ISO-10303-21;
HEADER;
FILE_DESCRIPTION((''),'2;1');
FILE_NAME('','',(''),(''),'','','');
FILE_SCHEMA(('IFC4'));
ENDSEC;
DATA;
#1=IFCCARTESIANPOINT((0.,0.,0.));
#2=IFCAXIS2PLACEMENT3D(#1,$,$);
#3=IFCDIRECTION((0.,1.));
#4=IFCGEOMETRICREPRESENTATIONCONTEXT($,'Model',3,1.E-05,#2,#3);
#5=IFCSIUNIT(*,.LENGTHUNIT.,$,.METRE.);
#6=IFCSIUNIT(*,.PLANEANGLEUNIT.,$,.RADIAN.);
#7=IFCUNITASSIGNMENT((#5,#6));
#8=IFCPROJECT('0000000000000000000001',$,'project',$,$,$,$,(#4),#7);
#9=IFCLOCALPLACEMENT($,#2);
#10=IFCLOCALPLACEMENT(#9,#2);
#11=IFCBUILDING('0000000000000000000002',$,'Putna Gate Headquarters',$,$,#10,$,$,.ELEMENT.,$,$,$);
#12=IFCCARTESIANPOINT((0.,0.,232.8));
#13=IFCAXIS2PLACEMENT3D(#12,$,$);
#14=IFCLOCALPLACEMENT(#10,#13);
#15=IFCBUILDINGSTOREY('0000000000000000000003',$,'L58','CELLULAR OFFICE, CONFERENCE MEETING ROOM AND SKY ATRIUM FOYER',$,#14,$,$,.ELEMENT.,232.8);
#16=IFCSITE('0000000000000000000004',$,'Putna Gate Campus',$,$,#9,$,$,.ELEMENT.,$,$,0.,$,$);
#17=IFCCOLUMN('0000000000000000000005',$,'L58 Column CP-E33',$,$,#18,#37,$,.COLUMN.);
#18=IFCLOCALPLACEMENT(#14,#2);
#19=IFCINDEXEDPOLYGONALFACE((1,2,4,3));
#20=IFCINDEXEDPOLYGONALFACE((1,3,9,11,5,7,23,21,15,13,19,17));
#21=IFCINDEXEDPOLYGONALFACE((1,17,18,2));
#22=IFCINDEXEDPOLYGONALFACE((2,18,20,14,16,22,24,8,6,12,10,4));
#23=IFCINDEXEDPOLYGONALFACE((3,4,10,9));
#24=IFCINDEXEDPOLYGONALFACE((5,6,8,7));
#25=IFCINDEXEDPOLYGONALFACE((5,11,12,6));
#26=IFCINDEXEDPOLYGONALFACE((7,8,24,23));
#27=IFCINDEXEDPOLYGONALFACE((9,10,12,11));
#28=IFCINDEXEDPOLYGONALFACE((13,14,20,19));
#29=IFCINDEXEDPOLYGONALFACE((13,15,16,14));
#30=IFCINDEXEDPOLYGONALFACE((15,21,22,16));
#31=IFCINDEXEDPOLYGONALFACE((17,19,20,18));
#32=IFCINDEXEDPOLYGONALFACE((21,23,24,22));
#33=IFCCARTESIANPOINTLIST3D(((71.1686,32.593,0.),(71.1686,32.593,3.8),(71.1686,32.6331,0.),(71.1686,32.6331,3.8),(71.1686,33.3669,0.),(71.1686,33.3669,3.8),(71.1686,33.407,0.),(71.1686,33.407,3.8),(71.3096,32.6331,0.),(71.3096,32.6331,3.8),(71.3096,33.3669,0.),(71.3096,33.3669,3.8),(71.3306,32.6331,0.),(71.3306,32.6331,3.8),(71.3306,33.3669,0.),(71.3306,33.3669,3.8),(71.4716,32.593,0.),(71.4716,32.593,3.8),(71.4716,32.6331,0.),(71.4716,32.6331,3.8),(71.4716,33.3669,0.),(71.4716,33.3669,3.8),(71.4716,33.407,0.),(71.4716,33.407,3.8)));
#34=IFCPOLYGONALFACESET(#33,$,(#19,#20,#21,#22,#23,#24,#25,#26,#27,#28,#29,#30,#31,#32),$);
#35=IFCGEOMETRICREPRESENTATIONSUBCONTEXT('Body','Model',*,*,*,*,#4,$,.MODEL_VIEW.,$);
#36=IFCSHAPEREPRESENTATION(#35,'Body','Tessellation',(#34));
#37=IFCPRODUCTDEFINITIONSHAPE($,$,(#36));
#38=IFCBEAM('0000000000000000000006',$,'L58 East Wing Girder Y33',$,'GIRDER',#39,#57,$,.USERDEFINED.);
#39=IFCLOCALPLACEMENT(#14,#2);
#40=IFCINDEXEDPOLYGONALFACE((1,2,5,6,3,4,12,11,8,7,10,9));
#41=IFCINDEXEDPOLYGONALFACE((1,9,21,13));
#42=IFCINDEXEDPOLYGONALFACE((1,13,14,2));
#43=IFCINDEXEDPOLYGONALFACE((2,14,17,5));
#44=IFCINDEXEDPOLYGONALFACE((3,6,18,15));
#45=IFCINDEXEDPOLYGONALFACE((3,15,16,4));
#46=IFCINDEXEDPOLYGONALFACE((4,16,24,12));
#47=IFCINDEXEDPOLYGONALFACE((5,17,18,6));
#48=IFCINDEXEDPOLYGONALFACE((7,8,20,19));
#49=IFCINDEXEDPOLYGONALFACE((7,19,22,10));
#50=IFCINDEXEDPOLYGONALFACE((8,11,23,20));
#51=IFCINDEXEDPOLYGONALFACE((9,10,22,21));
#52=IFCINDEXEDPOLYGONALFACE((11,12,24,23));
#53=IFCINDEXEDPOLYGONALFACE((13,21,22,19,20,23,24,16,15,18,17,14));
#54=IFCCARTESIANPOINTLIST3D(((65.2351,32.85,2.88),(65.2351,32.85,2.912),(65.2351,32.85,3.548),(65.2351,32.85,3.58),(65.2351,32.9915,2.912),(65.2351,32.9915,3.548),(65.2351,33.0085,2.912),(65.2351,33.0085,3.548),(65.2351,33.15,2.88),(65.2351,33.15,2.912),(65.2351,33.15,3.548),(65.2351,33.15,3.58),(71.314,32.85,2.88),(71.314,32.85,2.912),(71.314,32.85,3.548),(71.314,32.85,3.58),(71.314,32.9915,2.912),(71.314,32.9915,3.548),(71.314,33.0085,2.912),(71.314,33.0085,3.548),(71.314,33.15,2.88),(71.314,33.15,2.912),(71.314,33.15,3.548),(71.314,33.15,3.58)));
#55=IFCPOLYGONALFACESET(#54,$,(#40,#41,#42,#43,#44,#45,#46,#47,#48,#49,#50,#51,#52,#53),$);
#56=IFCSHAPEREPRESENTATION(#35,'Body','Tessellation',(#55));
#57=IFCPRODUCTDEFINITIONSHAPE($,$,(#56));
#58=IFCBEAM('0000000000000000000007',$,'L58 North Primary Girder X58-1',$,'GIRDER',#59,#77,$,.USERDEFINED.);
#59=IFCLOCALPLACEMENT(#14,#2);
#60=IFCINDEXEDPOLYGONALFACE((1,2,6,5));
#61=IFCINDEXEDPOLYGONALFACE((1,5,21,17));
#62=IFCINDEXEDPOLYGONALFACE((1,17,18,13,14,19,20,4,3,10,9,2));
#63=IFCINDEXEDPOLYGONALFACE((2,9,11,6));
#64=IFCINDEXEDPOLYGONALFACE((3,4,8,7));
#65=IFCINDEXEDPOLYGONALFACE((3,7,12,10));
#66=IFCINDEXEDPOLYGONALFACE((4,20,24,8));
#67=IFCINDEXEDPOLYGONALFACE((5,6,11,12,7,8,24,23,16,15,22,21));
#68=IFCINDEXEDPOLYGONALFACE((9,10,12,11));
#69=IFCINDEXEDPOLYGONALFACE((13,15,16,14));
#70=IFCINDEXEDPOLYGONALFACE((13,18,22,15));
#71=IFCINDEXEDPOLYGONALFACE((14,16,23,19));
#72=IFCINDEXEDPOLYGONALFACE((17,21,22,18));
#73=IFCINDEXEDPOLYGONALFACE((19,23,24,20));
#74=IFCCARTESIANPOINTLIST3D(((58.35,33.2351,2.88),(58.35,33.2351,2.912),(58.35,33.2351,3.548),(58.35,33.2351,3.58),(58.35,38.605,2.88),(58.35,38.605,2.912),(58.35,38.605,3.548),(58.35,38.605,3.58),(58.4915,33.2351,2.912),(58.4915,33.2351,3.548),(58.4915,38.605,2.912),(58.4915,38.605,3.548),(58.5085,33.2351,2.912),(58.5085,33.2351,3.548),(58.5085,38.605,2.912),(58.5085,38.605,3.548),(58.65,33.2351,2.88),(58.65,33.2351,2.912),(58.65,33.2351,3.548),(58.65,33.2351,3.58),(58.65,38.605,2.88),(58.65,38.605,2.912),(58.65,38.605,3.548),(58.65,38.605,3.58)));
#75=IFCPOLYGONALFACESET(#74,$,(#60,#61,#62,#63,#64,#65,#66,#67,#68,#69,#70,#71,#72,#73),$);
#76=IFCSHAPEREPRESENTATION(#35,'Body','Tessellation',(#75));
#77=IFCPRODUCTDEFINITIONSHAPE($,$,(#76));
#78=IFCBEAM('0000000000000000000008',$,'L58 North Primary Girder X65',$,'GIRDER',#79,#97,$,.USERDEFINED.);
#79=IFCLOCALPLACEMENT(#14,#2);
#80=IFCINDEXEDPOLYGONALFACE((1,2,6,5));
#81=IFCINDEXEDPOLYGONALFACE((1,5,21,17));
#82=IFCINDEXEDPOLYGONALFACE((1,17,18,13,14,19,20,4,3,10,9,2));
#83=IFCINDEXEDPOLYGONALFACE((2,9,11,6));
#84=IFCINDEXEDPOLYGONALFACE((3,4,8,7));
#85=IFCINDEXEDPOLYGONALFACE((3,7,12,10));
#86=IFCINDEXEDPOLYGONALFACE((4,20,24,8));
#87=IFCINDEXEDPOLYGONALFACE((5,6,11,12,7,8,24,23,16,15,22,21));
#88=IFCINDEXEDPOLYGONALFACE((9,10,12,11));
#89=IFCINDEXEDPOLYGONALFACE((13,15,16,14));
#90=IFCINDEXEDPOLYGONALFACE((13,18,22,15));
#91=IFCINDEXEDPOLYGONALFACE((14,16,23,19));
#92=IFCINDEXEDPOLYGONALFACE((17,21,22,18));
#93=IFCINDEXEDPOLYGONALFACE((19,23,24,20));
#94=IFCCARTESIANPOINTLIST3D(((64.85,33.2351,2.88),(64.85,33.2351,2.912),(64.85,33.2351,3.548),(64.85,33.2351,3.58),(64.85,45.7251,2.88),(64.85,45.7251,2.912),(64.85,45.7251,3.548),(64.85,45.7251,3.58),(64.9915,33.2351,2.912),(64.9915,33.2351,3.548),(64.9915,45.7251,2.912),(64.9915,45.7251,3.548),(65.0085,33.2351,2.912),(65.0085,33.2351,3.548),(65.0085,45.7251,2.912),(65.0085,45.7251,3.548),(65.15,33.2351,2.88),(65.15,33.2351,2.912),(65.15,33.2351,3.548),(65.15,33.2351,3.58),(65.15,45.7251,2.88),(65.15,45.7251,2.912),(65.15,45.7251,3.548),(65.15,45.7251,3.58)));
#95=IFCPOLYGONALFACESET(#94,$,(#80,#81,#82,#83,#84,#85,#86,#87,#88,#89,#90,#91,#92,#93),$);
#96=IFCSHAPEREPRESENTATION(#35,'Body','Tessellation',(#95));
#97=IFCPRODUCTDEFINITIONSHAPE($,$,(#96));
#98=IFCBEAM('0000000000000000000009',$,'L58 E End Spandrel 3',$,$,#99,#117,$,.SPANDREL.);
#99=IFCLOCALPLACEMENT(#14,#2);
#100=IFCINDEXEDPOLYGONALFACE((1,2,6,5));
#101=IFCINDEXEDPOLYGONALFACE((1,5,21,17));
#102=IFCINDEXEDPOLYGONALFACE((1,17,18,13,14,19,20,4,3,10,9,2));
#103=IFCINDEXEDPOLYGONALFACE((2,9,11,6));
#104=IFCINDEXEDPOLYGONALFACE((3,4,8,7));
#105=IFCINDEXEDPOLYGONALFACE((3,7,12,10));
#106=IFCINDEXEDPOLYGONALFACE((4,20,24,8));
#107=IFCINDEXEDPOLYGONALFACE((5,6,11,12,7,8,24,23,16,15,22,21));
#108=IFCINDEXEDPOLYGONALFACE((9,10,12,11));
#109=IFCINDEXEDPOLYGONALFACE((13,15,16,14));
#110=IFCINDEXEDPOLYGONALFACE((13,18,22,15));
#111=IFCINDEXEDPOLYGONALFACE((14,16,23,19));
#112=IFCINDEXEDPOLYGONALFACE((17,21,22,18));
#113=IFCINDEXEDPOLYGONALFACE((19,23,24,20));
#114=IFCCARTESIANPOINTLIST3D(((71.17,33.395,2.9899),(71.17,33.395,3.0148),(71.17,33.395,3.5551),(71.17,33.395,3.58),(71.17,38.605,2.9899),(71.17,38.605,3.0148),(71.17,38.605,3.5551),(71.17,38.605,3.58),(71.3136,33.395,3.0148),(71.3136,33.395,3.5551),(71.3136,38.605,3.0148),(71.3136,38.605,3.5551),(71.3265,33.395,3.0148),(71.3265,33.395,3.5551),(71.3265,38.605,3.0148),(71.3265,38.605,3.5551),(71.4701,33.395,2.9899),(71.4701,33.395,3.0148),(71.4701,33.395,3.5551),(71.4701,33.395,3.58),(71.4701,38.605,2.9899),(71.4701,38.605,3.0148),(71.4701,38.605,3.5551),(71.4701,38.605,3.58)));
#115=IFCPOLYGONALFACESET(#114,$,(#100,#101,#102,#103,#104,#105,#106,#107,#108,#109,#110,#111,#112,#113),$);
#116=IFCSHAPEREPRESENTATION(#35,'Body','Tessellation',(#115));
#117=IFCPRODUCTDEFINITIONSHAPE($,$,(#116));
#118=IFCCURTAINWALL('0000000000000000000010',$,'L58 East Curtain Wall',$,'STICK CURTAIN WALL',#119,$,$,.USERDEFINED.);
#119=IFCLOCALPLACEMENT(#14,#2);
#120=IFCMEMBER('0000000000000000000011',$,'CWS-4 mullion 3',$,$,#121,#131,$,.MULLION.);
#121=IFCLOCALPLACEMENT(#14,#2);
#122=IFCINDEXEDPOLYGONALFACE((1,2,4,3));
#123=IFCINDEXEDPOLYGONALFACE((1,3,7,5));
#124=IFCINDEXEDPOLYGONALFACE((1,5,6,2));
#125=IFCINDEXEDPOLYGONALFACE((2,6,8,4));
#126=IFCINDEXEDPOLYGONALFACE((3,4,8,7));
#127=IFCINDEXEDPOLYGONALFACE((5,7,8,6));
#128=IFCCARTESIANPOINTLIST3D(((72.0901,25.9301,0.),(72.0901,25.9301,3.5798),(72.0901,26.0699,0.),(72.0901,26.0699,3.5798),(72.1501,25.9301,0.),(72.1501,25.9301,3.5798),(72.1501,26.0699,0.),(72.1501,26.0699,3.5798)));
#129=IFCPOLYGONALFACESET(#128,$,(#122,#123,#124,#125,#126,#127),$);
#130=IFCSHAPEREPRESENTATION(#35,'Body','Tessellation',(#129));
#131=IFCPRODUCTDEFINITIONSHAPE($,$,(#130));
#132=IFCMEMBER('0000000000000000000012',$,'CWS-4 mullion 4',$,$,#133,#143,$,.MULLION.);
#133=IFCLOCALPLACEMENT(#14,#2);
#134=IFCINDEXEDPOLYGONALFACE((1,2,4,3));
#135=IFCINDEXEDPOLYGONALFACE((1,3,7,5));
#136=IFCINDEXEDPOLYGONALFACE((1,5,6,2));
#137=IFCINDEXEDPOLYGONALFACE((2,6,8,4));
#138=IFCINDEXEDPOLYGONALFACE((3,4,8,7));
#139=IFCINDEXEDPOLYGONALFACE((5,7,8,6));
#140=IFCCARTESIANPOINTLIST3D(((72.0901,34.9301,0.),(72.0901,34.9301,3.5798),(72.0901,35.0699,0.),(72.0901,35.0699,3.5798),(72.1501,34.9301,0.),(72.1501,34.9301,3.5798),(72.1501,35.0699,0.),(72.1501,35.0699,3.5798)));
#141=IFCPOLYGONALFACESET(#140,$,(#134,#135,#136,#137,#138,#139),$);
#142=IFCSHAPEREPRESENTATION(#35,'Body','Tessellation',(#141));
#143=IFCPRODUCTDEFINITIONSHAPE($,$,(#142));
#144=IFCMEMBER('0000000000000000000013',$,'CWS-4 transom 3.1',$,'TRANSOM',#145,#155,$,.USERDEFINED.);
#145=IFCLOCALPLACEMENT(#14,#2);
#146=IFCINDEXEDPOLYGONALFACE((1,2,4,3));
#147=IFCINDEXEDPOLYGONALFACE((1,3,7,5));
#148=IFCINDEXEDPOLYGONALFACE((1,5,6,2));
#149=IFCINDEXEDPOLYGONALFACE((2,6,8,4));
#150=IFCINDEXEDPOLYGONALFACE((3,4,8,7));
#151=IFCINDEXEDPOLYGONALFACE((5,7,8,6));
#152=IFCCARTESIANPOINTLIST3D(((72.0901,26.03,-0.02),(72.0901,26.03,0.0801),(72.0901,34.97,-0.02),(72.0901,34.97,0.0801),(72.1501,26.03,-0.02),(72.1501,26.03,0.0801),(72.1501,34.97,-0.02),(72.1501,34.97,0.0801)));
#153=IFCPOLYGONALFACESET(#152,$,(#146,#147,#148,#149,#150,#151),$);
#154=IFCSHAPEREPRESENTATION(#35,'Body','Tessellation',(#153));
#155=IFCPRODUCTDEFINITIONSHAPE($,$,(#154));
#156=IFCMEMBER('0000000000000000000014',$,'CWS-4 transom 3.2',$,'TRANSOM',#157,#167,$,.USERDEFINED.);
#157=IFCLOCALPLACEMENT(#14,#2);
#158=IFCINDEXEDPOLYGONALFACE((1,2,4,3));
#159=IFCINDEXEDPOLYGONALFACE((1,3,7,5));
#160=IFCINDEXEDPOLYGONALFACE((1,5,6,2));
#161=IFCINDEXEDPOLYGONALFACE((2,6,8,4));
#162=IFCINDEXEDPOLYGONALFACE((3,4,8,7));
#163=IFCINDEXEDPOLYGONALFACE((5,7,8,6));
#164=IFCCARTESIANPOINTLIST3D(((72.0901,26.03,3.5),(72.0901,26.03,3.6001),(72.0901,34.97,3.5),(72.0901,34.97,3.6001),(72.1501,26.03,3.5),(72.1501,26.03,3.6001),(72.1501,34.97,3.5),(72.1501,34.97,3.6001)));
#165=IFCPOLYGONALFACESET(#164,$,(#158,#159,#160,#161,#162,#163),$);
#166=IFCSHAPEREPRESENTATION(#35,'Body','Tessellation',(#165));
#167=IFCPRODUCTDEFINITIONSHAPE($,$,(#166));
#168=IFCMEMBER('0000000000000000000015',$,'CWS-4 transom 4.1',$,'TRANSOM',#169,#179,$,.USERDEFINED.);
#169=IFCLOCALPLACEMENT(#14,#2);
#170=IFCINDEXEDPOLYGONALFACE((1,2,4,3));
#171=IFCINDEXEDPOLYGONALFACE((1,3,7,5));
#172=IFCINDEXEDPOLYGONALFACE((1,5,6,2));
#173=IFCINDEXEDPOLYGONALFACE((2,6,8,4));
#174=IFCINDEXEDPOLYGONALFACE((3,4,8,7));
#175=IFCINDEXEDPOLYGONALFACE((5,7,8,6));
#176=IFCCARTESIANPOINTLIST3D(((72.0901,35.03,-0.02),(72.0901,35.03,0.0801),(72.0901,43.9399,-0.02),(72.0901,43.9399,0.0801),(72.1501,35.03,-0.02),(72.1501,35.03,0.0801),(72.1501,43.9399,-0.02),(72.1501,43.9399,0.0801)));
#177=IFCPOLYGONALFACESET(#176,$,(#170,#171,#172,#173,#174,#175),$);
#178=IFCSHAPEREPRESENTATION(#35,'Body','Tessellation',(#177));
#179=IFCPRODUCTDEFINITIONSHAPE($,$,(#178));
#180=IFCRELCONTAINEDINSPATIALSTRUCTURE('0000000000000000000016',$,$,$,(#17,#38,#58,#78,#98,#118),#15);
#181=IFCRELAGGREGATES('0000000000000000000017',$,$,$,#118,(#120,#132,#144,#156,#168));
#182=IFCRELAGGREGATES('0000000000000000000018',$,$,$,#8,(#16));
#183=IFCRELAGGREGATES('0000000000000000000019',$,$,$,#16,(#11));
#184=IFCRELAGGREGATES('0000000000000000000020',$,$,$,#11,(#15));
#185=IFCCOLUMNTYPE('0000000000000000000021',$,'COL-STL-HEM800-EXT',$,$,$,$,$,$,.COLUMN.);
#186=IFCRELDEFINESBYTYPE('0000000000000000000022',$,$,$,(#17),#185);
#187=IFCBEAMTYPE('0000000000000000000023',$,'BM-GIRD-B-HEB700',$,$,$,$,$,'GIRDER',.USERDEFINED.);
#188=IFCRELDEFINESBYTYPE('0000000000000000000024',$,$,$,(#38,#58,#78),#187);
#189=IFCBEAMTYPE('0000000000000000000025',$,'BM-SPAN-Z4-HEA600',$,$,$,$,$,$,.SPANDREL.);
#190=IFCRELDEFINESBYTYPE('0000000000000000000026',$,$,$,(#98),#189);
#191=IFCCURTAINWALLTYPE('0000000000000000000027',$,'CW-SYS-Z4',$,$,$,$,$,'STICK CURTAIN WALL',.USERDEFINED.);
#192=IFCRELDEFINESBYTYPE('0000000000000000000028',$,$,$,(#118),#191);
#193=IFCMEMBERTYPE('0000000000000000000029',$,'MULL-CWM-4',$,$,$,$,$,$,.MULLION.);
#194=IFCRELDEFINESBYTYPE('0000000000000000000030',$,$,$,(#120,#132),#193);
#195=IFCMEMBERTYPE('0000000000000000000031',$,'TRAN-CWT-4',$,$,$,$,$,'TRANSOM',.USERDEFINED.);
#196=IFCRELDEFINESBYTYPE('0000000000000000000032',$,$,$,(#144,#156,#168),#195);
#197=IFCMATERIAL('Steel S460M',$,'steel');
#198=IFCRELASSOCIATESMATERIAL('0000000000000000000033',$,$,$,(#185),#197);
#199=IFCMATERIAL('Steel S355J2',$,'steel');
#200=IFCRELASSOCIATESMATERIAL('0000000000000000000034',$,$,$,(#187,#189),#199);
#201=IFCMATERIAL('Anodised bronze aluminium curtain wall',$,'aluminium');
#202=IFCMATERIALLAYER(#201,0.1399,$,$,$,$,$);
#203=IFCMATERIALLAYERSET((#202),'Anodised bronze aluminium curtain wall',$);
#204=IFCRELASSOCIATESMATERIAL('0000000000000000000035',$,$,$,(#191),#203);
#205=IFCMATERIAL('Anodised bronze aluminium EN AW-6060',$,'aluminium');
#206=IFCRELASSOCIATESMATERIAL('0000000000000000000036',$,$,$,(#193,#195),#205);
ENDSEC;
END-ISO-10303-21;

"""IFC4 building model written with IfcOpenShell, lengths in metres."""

from ifc_helpers import new_model, si_unit, direction, frame, origin, origin_2d, place, context, subcontext, project, spatial, rectangle, i_section, extrude, material, layer, layer_set, material_profile, profile_set, type_object, element, aggregate, save


model = new_model("IFC4")

# Units and contexts
model_context = context("Model", 3, precision=1e-05, world=origin(), true_north=direction((0.0, 1.0)))
body_context = subcontext(model_context, "Body", "Model", "MODEL_VIEW")
ifc_project = project(units=[si_unit("LENGTHUNIT", "METRE"), si_unit("PLANEANGLEUNIT", "RADIAN")], contexts=[model_context])

# Site, building, storey
site_placement = place(None, origin())
site = spatial("IfcSite", under=ifc_project, at=site_placement, Name="Putna Gate Campus", CompositionType="ELEMENT", RefElevation=0.0)
building_placement = place(site_placement, origin())
building = spatial("IfcBuilding", under=site, at=building_placement, Name="Putna Gate Headquarters", CompositionType="ELEMENT")
storey_placement = place(building_placement, frame((0.0, 0.0, 232.8)))
storey = spatial("IfcBuildingStorey", under=building, at=storey_placement, Name="L58", Description="CELLULAR OFFICE, CONFERENCE MEETING ROOM AND SKY ATRIUM FOYER", CompositionType="ELEMENT", Elevation=232.8)

# Column
ifc_material_1 = material(Name="Steel S460M", Category="steel")
ifc_material_profile_1 = material_profile(ifc_material_1, i_section(OverallWidth=0.303, OverallDepth=0.814, WebThickness=0.021, FlangeThickness=0.04, at=origin_2d()), Name="Steel S460M")
ifc_profile_set_1 = profile_set([ifc_material_profile_1], Name="Steel S460M")
column_type = type_object("IfcColumnType", Name="COL-STL-HEM800-EXT", PredefinedType="COLUMN", material=ifc_profile_set_1)
column_placement = place(storey_placement, frame((71.3201, 33.0, 0.0), z_axis=(0.0, 0.0, 1.0), x_axis=(1.0, 0.0, 0.0)))
element("IfcColumn", 1, at=column_placement, inside=storey, type_object=column_type, Name="L58 Column CP-E33", PredefinedType="COLUMN", context=body_context, shape_type="SweptSolid", body=[
    extrude(i_section(OverallWidth=0.303, OverallDepth=0.814, WebThickness=0.021, FlangeThickness=0.04, at=origin_2d()), origin(), (0.0, 0.0, 1.0), 3.8),
])

# Beams
ifc_material_2 = material(Name="Steel S355J2", Category="steel")
ifc_material_profile_2 = material_profile(ifc_material_2, i_section(OverallWidth=0.3, OverallDepth=0.7, WebThickness=0.0171, FlangeThickness=0.032, at=origin_2d()), Name="Steel S355J2")
ifc_profile_set_2 = profile_set([ifc_material_profile_2], Name="Steel S355J2")
beam_type_1 = type_object("IfcBeamType", Name="BM-GIRD-B-HEB700", ElementType="GIRDER", PredefinedType="USERDEFINED", material=ifc_profile_set_2)
beam_1_placement = place(storey_placement, frame((65.2351, 33.0, 3.23), z_axis=(1.0, 0.0, 0.0), x_axis=(0.0, 1.0, 0.0)))
element("IfcBeam", 2, at=beam_1_placement, inside=storey, type_object=beam_type_1, Name="L58 East Wing Girder Y33", ObjectType="GIRDER", PredefinedType="USERDEFINED", context=body_context, shape_type="SweptSolid", body=[
    extrude(i_section(OverallWidth=0.3, OverallDepth=0.7, WebThickness=0.0171, FlangeThickness=0.032, at=origin_2d()), origin(), (0.0, 0.0, 1.0), 6.0789),
])
beam_2_placement = place(storey_placement, frame((58.5, 33.2351, 3.23), z_axis=(0.0, 1.0, 0.0), x_axis=(-1.0, 0.0, 0.0)))
element("IfcBeam", 3, at=beam_2_placement, inside=storey, type_object=beam_type_1, Name="L58 North Primary Girder X58-1", ObjectType="GIRDER", PredefinedType="USERDEFINED", context=body_context, shape_type="SweptSolid", body=[
    extrude(i_section(OverallWidth=0.3, OverallDepth=0.7, WebThickness=0.0171, FlangeThickness=0.032, at=origin_2d()), origin(), (0.0, 0.0, 1.0), 5.3699),
])
beam_3_placement = place(storey_placement, frame((65.0, 33.2351, 3.23), z_axis=(0.0, 1.0, 0.0), x_axis=(-1.0, 0.0, 0.0)))
element("IfcBeam", 4, at=beam_3_placement, inside=storey, type_object=beam_type_1, Name="L58 North Primary Girder X65", ObjectType="GIRDER", PredefinedType="USERDEFINED", context=body_context, shape_type="SweptSolid", body=[
    extrude(i_section(OverallWidth=0.3, OverallDepth=0.7, WebThickness=0.0171, FlangeThickness=0.032, at=origin_2d()), origin(), (0.0, 0.0, 1.0), 12.49),
])
ifc_material_profile_3 = material_profile(ifc_material_2, i_section(OverallWidth=0.3, OverallDepth=0.5901, WebThickness=0.0129, FlangeThickness=0.0249, at=origin_2d()), Name="Steel S355J2")
ifc_profile_set_3 = profile_set([ifc_material_profile_3], Name="Steel S355J2")
beam_type_2 = type_object("IfcBeamType", Name="BM-SPAN-Z4-HEA600", PredefinedType="SPANDREL", material=ifc_profile_set_3)
beam_4_placement = place(storey_placement, frame((71.3201, 33.395, 3.2849), z_axis=(0.0, 1.0, 0.0), x_axis=(-1.0, 0.0, 0.0)))
element("IfcBeam", 5, at=beam_4_placement, inside=storey, type_object=beam_type_2, Name="L58 E End Spandrel 3", PredefinedType="SPANDREL", context=body_context, shape_type="SweptSolid", body=[
    extrude(i_section(OverallWidth=0.3, OverallDepth=0.5901, WebThickness=0.0129, FlangeThickness=0.0249, at=origin_2d()), origin(), (0.0, 0.0, 1.0), 5.21),
])

# Curtain wall, members
ifc_material_3 = material(Name="Anodised bronze aluminium curtain wall", Category="aluminium")
ifc_layer_1 = layer(ifc_material_3, 0.1399)
ifc_layer_set_1 = layer_set([ifc_layer_1], Name="Anodised bronze aluminium curtain wall")
curtain_wall_type = type_object("IfcCurtainWallType", Name="CW-SYS-Z4", ElementType="STICK CURTAIN WALL", PredefinedType="USERDEFINED", material=ifc_layer_set_1)
curtain_wall_placement = place(storey_placement, origin())
curtain_wall = element("IfcCurtainWall", 6, at=curtain_wall_placement, inside=storey, type_object=curtain_wall_type, Name="L58 East Curtain Wall", ObjectType="STICK CURTAIN WALL", PredefinedType="USERDEFINED")
ifc_material_4 = material(Name="Anodised bronze aluminium EN AW-6060", Category="aluminium")
ifc_material_profile_4 = material_profile(ifc_material_4, rectangle(XDim=0.0601, YDim=0.1399, at=origin_2d()), Name="Anodised bronze aluminium EN AW-6060")
ifc_profile_set_4 = profile_set([ifc_material_profile_4], Name="Anodised bronze aluminium EN AW-6060")
member_type_1 = type_object("IfcMemberType", Name="MULL-CWM-4", PredefinedType="MULLION", material=ifc_profile_set_4)
member_1_placement = place(storey_placement, frame((72.1201, 26.0, 0.0), z_axis=(0.0, 0.0, 1.0), x_axis=(-1.0, 0.0, 0.0)))
member_1 = element("IfcMember", 7, at=member_1_placement, type_object=member_type_1, Name="CWS-4 mullion 3", PredefinedType="MULLION", context=body_context, shape_type="SweptSolid", body=[
    extrude(rectangle(XDim=0.0601, YDim=0.1399, at=origin_2d()), origin(), (0.0, 0.0, 1.0), 3.5798),
])
member_2_placement = place(storey_placement, frame((72.1201, 35.0, 0.0), z_axis=(0.0, 0.0, 1.0), x_axis=(-1.0, 0.0, 0.0)))
member_2 = element("IfcMember", 8, at=member_2_placement, type_object=member_type_1, Name="CWS-4 mullion 4", PredefinedType="MULLION", context=body_context, shape_type="SweptSolid", body=[
    extrude(rectangle(XDim=0.0601, YDim=0.1399, at=origin_2d()), origin(), (0.0, 0.0, 1.0), 3.5798),
])
ifc_material_profile_5 = material_profile(ifc_material_4, rectangle(XDim=0.0601, YDim=0.1001, at=origin_2d()), Name="Anodised bronze aluminium EN AW-6060")
ifc_profile_set_5 = profile_set([ifc_material_profile_5], Name="Anodised bronze aluminium EN AW-6060")
member_type_2 = type_object("IfcMemberType", Name="TRAN-CWT-4", ElementType="TRANSOM", PredefinedType="USERDEFINED", material=ifc_profile_set_5)
member_3_placement = place(storey_placement, frame((72.1201, 26.03, 0.03), z_axis=(0.0, 1.0, 0.0), x_axis=(-1.0, 0.0, 0.0)))
member_3 = element("IfcMember", 9, at=member_3_placement, type_object=member_type_2, Name="CWS-4 transom 3.1", ObjectType="TRANSOM", PredefinedType="USERDEFINED", context=body_context, shape_type="SweptSolid", body=[
    extrude(rectangle(XDim=0.0601, YDim=0.1001, at=origin_2d()), origin(), (0.0, 0.0, 1.0), 8.9399),
])
member_4_placement = place(storey_placement, frame((72.1201, 26.03, 3.55), z_axis=(0.0, 1.0, 0.0), x_axis=(-1.0, 0.0, 0.0)))
member_4 = element("IfcMember", 10, at=member_4_placement, type_object=member_type_2, Name="CWS-4 transom 3.2", ObjectType="TRANSOM", PredefinedType="USERDEFINED", context=body_context, shape_type="SweptSolid", body=[
    extrude(rectangle(XDim=0.0601, YDim=0.1001, at=origin_2d()), origin(), (0.0, 0.0, 1.0), 8.9399),
])
member_5_placement = place(storey_placement, frame((72.1201, 35.03, 0.03), z_axis=(0.0, 1.0, 0.0), x_axis=(-1.0, 0.0, 0.0)))
member_5 = element("IfcMember", 11, at=member_5_placement, type_object=member_type_2, Name="CWS-4 transom 4.1", ObjectType="TRANSOM", PredefinedType="USERDEFINED", context=body_context, shape_type="SweptSolid", body=[
    extrude(rectangle(XDim=0.0601, YDim=0.1001, at=origin_2d()), origin(), (0.0, 0.0, 1.0), 8.9099),
])
aggregate(curtain_wall, [member_1, member_2, member_3, member_4, member_5])

save(model, "model.ifc")
